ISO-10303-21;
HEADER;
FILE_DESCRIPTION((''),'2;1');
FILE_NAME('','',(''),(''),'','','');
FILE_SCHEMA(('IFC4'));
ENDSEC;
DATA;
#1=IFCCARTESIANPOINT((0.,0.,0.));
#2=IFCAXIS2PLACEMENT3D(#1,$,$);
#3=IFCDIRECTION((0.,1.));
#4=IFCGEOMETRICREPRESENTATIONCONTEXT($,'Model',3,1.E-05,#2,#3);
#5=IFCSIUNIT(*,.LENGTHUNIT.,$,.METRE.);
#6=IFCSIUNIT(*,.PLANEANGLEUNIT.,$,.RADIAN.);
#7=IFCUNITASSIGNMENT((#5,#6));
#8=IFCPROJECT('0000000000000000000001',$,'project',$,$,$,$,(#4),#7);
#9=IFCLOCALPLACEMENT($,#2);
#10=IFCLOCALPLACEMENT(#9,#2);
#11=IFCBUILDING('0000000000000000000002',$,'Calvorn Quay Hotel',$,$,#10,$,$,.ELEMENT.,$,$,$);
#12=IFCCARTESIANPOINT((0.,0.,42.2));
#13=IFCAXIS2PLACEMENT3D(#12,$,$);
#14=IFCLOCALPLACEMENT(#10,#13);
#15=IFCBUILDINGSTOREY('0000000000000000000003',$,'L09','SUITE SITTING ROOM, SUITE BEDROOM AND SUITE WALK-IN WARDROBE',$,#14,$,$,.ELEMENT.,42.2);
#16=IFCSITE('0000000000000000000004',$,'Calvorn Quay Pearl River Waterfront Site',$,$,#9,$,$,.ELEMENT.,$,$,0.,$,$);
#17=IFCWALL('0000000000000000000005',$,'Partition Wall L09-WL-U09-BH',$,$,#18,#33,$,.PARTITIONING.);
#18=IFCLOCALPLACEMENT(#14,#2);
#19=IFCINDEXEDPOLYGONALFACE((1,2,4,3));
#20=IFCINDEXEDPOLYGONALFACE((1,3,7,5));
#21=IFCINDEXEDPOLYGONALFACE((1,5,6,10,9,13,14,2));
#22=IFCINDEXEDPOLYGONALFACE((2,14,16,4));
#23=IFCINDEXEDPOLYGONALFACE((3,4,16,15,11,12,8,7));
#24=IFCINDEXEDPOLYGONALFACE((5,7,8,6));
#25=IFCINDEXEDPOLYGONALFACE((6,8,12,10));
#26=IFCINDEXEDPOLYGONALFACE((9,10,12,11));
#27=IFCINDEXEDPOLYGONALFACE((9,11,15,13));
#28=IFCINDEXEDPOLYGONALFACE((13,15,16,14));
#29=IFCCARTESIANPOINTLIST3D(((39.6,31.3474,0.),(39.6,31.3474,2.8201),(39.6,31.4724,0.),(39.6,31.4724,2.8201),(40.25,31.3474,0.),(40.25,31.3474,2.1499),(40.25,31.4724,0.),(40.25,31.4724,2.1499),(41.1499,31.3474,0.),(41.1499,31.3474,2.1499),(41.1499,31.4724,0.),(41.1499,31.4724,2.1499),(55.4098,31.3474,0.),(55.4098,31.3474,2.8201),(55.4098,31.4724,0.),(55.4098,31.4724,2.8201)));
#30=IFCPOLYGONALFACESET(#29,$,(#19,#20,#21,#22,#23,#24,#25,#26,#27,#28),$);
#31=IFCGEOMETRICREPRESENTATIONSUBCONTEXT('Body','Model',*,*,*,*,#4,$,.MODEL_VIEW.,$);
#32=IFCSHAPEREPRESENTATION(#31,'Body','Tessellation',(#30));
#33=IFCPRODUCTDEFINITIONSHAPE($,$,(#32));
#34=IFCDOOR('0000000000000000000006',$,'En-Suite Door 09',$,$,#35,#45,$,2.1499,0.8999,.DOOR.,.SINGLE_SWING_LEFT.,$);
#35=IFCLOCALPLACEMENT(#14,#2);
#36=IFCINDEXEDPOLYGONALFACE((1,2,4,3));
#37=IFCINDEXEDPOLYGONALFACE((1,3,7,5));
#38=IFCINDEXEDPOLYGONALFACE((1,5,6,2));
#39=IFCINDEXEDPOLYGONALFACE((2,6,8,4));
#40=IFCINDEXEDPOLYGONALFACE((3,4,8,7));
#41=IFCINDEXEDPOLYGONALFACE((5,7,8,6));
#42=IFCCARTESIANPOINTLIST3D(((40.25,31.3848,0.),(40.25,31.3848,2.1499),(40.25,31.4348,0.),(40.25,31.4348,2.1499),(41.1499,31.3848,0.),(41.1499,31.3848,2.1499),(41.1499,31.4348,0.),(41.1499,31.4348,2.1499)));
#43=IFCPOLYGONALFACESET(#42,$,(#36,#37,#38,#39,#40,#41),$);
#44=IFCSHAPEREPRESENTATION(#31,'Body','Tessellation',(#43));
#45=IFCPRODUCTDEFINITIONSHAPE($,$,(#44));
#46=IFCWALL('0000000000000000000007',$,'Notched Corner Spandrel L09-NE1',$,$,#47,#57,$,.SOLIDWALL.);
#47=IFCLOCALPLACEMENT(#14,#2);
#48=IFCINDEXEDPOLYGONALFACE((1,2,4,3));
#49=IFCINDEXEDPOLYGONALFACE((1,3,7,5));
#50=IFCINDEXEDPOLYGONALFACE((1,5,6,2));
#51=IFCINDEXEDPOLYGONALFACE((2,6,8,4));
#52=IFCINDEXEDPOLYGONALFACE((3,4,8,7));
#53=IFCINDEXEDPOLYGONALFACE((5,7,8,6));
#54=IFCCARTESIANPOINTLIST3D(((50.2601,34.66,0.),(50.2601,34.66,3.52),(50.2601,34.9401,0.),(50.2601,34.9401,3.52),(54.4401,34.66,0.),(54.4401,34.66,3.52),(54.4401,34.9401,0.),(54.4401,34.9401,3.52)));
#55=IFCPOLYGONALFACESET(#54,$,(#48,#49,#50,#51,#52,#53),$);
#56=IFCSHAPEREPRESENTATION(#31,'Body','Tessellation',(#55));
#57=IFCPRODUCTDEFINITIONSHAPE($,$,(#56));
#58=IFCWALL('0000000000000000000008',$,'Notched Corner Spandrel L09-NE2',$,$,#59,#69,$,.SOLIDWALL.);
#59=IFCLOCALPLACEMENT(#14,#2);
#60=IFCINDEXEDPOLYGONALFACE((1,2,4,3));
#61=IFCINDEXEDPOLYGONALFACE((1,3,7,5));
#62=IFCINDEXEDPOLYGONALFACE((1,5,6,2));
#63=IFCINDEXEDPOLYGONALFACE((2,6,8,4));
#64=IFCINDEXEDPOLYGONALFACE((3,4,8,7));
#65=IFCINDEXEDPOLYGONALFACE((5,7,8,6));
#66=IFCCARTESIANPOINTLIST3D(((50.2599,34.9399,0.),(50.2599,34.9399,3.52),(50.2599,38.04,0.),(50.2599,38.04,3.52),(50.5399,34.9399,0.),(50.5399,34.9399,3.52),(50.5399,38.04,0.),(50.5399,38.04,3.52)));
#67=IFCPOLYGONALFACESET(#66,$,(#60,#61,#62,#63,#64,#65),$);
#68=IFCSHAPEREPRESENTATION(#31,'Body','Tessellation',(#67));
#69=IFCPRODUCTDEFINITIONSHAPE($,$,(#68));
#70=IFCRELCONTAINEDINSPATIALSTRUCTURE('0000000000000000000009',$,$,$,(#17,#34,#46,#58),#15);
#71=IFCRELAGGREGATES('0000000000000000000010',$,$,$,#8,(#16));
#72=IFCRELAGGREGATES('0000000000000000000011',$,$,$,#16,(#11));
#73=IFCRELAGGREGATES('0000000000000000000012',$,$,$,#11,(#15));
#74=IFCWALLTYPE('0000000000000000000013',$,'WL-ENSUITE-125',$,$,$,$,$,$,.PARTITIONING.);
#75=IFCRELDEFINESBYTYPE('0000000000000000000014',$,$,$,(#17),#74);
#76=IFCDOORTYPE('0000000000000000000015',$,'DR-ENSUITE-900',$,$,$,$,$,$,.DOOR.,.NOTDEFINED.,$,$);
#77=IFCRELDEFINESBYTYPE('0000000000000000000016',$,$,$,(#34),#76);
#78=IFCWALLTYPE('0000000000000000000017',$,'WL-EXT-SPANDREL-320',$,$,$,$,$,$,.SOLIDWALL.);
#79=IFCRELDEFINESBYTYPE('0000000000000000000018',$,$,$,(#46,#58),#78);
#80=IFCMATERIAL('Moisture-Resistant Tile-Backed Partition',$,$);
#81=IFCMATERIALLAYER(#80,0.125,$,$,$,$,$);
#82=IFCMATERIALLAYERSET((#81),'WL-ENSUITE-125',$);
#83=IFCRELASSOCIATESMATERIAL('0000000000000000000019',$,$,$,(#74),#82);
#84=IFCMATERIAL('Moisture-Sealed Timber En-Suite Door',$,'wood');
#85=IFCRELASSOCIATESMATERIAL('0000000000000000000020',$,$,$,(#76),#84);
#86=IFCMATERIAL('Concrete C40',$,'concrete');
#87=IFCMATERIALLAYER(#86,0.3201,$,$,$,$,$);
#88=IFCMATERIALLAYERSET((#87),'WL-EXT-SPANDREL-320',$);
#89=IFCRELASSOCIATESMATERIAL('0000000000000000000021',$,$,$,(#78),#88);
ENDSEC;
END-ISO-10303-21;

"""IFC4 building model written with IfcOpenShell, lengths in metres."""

from ifc_helpers import new_model, si_unit, direction, frame, frame_2d, origin, place, context, subcontext, project, spatial, rectangle, extrude, material, layer, layer_set, type_object, element, fill, save


model = new_model("IFC4")

# Units and contexts
model_context = context("Model", 3, precision=1e-05, world=origin(), true_north=direction((0.0, 1.0)))
body_context = subcontext(model_context, "Body", "Model", "MODEL_VIEW")
ifc_project = project(units=[si_unit("LENGTHUNIT", "METRE"), si_unit("PLANEANGLEUNIT", "RADIAN")], contexts=[model_context])

# Site, building, storey
site_placement = place(None, origin())
site = spatial("IfcSite", under=ifc_project, at=site_placement, Name="Calvorn Quay Pearl River Waterfront Site", CompositionType="ELEMENT", RefElevation=0.0)
building_placement = place(site_placement, origin())
building = spatial("IfcBuilding", under=site, at=building_placement, Name="Calvorn Quay Hotel", CompositionType="ELEMENT")
storey_placement = place(building_placement, frame((0.0, 0.0, 42.2)))
storey = spatial("IfcBuildingStorey", under=building, at=storey_placement, Name="L09", Description="SUITE SITTING ROOM, SUITE BEDROOM AND SUITE WALK-IN WARDROBE", CompositionType="ELEMENT", Elevation=42.2)

# Wall, opening, door
ifc_material_1 = material(Name="Moisture-Resistant Tile-Backed Partition")
ifc_layer_1 = layer(ifc_material_1, 0.125)
ifc_layer_set_1 = layer_set([ifc_layer_1], Name="WL-ENSUITE-125")
wall_type_1 = type_object("IfcWallType", Name="WL-ENSUITE-125", PredefinedType="PARTITIONING", material=ifc_layer_set_1)
wall_1_placement = place(storey_placement, frame((39.6001, 31.4099, 0.0), z_axis=(0.0, 0.0, 1.0), x_axis=(1.0, 0.0, 0.0)))
wall_1 = element("IfcWall", 1, at=wall_1_placement, inside=storey, type_object=wall_type_1, Name="Partition Wall L09-WL-U09-BH", PredefinedType="PARTITIONING", context=body_context, shape_type="SweptSolid", body=[
    extrude(rectangle(XDim=15.8098, YDim=0.125, at=frame_2d((7.9048, 0.0))), origin(), (0.0, 0.0, 1.0), 2.8201),
])
opening_placement = place(wall_1_placement, frame((0.6499, 0.0, 0.0)))
opening = element("IfcOpeningElement", 2, at=opening_placement, cuts=wall_1, PredefinedType="OPENING", context=body_context, shape_type="SweptSolid", body=[
    extrude(rectangle(XDim=0.8999, YDim=2.1499, at=frame_2d((0.45, 1.075))), frame((0.0, 0.0725, 0.0), z_axis=(0.0, -1.0, 0.0), x_axis=(1.0, 0.0, 0.0)), (0.0, 0.0, 1.0), 0.145),
])
ifc_material_2 = material(Name="Moisture-Sealed Timber En-Suite Door", Category="wood")
door_type = type_object("IfcDoorType", Name="DR-ENSUITE-900", OperationType="NOTDEFINED", PredefinedType="DOOR", material=ifc_material_2)
door_placement = place(opening_placement, origin())
door = element("IfcDoor", 3, at=door_placement, inside=storey, type_object=door_type, Name="En-Suite Door 09", OperationType="SINGLE_SWING_LEFT", OverallHeight=2.1499, OverallWidth=0.8999, PredefinedType="DOOR", context=body_context, shape_type="SweptSolid", body=[
    extrude(rectangle(XDim=0.8999, YDim=2.1499, at=frame_2d((0.45, 1.075))), frame((0.0, 0.0249, 0.0), z_axis=(0.0, -1.0, 0.0), x_axis=(1.0, 0.0, 0.0)), (0.0, 0.0, 1.0), 0.05),
])
fill(opening, door)

# Walls
ifc_material_3 = material(Name="Concrete C40", Category="concrete")
ifc_layer_2 = layer(ifc_material_3, 0.3201)
ifc_layer_set_2 = layer_set([ifc_layer_2], Name="WL-EXT-SPANDREL-320")
wall_type_2 = type_object("IfcWallType", Name="WL-EXT-SPANDREL-320", PredefinedType="SOLIDWALL", material=ifc_layer_set_2)
wall_2_placement = place(storey_placement, frame((54.4399, 34.8, 0.0), z_axis=(0.0, 0.0, 1.0), x_axis=(-1.0, 0.0, 0.0)))
element("IfcWall", 4, at=wall_2_placement, inside=storey, type_object=wall_type_2, Name="Notched Corner Spandrel L09-NE1", PredefinedType="SOLIDWALL", context=body_context, shape_type="SweptSolid", body=[
    extrude(rectangle(XDim=4.1799, YDim=0.28, at=frame_2d((2.0898, 0.0))), origin(), (0.0, 0.0, 1.0), 3.52),
])
wall_3_placement = place(storey_placement, frame((50.3999, 34.9399, 0.0), z_axis=(0.0, 0.0, 1.0), x_axis=(0.0, 1.0, 0.0)))
element("IfcWall", 5, at=wall_3_placement, inside=storey, type_object=wall_type_2, Name="Notched Corner Spandrel L09-NE2", PredefinedType="SOLIDWALL", context=body_context, shape_type="SweptSolid", body=[
    extrude(rectangle(XDim=3.1001, YDim=0.28, at=frame_2d((1.55, 0.0))), origin(), (0.0, 0.0, 1.0), 3.52),
])

save(model, "model.ifc")
